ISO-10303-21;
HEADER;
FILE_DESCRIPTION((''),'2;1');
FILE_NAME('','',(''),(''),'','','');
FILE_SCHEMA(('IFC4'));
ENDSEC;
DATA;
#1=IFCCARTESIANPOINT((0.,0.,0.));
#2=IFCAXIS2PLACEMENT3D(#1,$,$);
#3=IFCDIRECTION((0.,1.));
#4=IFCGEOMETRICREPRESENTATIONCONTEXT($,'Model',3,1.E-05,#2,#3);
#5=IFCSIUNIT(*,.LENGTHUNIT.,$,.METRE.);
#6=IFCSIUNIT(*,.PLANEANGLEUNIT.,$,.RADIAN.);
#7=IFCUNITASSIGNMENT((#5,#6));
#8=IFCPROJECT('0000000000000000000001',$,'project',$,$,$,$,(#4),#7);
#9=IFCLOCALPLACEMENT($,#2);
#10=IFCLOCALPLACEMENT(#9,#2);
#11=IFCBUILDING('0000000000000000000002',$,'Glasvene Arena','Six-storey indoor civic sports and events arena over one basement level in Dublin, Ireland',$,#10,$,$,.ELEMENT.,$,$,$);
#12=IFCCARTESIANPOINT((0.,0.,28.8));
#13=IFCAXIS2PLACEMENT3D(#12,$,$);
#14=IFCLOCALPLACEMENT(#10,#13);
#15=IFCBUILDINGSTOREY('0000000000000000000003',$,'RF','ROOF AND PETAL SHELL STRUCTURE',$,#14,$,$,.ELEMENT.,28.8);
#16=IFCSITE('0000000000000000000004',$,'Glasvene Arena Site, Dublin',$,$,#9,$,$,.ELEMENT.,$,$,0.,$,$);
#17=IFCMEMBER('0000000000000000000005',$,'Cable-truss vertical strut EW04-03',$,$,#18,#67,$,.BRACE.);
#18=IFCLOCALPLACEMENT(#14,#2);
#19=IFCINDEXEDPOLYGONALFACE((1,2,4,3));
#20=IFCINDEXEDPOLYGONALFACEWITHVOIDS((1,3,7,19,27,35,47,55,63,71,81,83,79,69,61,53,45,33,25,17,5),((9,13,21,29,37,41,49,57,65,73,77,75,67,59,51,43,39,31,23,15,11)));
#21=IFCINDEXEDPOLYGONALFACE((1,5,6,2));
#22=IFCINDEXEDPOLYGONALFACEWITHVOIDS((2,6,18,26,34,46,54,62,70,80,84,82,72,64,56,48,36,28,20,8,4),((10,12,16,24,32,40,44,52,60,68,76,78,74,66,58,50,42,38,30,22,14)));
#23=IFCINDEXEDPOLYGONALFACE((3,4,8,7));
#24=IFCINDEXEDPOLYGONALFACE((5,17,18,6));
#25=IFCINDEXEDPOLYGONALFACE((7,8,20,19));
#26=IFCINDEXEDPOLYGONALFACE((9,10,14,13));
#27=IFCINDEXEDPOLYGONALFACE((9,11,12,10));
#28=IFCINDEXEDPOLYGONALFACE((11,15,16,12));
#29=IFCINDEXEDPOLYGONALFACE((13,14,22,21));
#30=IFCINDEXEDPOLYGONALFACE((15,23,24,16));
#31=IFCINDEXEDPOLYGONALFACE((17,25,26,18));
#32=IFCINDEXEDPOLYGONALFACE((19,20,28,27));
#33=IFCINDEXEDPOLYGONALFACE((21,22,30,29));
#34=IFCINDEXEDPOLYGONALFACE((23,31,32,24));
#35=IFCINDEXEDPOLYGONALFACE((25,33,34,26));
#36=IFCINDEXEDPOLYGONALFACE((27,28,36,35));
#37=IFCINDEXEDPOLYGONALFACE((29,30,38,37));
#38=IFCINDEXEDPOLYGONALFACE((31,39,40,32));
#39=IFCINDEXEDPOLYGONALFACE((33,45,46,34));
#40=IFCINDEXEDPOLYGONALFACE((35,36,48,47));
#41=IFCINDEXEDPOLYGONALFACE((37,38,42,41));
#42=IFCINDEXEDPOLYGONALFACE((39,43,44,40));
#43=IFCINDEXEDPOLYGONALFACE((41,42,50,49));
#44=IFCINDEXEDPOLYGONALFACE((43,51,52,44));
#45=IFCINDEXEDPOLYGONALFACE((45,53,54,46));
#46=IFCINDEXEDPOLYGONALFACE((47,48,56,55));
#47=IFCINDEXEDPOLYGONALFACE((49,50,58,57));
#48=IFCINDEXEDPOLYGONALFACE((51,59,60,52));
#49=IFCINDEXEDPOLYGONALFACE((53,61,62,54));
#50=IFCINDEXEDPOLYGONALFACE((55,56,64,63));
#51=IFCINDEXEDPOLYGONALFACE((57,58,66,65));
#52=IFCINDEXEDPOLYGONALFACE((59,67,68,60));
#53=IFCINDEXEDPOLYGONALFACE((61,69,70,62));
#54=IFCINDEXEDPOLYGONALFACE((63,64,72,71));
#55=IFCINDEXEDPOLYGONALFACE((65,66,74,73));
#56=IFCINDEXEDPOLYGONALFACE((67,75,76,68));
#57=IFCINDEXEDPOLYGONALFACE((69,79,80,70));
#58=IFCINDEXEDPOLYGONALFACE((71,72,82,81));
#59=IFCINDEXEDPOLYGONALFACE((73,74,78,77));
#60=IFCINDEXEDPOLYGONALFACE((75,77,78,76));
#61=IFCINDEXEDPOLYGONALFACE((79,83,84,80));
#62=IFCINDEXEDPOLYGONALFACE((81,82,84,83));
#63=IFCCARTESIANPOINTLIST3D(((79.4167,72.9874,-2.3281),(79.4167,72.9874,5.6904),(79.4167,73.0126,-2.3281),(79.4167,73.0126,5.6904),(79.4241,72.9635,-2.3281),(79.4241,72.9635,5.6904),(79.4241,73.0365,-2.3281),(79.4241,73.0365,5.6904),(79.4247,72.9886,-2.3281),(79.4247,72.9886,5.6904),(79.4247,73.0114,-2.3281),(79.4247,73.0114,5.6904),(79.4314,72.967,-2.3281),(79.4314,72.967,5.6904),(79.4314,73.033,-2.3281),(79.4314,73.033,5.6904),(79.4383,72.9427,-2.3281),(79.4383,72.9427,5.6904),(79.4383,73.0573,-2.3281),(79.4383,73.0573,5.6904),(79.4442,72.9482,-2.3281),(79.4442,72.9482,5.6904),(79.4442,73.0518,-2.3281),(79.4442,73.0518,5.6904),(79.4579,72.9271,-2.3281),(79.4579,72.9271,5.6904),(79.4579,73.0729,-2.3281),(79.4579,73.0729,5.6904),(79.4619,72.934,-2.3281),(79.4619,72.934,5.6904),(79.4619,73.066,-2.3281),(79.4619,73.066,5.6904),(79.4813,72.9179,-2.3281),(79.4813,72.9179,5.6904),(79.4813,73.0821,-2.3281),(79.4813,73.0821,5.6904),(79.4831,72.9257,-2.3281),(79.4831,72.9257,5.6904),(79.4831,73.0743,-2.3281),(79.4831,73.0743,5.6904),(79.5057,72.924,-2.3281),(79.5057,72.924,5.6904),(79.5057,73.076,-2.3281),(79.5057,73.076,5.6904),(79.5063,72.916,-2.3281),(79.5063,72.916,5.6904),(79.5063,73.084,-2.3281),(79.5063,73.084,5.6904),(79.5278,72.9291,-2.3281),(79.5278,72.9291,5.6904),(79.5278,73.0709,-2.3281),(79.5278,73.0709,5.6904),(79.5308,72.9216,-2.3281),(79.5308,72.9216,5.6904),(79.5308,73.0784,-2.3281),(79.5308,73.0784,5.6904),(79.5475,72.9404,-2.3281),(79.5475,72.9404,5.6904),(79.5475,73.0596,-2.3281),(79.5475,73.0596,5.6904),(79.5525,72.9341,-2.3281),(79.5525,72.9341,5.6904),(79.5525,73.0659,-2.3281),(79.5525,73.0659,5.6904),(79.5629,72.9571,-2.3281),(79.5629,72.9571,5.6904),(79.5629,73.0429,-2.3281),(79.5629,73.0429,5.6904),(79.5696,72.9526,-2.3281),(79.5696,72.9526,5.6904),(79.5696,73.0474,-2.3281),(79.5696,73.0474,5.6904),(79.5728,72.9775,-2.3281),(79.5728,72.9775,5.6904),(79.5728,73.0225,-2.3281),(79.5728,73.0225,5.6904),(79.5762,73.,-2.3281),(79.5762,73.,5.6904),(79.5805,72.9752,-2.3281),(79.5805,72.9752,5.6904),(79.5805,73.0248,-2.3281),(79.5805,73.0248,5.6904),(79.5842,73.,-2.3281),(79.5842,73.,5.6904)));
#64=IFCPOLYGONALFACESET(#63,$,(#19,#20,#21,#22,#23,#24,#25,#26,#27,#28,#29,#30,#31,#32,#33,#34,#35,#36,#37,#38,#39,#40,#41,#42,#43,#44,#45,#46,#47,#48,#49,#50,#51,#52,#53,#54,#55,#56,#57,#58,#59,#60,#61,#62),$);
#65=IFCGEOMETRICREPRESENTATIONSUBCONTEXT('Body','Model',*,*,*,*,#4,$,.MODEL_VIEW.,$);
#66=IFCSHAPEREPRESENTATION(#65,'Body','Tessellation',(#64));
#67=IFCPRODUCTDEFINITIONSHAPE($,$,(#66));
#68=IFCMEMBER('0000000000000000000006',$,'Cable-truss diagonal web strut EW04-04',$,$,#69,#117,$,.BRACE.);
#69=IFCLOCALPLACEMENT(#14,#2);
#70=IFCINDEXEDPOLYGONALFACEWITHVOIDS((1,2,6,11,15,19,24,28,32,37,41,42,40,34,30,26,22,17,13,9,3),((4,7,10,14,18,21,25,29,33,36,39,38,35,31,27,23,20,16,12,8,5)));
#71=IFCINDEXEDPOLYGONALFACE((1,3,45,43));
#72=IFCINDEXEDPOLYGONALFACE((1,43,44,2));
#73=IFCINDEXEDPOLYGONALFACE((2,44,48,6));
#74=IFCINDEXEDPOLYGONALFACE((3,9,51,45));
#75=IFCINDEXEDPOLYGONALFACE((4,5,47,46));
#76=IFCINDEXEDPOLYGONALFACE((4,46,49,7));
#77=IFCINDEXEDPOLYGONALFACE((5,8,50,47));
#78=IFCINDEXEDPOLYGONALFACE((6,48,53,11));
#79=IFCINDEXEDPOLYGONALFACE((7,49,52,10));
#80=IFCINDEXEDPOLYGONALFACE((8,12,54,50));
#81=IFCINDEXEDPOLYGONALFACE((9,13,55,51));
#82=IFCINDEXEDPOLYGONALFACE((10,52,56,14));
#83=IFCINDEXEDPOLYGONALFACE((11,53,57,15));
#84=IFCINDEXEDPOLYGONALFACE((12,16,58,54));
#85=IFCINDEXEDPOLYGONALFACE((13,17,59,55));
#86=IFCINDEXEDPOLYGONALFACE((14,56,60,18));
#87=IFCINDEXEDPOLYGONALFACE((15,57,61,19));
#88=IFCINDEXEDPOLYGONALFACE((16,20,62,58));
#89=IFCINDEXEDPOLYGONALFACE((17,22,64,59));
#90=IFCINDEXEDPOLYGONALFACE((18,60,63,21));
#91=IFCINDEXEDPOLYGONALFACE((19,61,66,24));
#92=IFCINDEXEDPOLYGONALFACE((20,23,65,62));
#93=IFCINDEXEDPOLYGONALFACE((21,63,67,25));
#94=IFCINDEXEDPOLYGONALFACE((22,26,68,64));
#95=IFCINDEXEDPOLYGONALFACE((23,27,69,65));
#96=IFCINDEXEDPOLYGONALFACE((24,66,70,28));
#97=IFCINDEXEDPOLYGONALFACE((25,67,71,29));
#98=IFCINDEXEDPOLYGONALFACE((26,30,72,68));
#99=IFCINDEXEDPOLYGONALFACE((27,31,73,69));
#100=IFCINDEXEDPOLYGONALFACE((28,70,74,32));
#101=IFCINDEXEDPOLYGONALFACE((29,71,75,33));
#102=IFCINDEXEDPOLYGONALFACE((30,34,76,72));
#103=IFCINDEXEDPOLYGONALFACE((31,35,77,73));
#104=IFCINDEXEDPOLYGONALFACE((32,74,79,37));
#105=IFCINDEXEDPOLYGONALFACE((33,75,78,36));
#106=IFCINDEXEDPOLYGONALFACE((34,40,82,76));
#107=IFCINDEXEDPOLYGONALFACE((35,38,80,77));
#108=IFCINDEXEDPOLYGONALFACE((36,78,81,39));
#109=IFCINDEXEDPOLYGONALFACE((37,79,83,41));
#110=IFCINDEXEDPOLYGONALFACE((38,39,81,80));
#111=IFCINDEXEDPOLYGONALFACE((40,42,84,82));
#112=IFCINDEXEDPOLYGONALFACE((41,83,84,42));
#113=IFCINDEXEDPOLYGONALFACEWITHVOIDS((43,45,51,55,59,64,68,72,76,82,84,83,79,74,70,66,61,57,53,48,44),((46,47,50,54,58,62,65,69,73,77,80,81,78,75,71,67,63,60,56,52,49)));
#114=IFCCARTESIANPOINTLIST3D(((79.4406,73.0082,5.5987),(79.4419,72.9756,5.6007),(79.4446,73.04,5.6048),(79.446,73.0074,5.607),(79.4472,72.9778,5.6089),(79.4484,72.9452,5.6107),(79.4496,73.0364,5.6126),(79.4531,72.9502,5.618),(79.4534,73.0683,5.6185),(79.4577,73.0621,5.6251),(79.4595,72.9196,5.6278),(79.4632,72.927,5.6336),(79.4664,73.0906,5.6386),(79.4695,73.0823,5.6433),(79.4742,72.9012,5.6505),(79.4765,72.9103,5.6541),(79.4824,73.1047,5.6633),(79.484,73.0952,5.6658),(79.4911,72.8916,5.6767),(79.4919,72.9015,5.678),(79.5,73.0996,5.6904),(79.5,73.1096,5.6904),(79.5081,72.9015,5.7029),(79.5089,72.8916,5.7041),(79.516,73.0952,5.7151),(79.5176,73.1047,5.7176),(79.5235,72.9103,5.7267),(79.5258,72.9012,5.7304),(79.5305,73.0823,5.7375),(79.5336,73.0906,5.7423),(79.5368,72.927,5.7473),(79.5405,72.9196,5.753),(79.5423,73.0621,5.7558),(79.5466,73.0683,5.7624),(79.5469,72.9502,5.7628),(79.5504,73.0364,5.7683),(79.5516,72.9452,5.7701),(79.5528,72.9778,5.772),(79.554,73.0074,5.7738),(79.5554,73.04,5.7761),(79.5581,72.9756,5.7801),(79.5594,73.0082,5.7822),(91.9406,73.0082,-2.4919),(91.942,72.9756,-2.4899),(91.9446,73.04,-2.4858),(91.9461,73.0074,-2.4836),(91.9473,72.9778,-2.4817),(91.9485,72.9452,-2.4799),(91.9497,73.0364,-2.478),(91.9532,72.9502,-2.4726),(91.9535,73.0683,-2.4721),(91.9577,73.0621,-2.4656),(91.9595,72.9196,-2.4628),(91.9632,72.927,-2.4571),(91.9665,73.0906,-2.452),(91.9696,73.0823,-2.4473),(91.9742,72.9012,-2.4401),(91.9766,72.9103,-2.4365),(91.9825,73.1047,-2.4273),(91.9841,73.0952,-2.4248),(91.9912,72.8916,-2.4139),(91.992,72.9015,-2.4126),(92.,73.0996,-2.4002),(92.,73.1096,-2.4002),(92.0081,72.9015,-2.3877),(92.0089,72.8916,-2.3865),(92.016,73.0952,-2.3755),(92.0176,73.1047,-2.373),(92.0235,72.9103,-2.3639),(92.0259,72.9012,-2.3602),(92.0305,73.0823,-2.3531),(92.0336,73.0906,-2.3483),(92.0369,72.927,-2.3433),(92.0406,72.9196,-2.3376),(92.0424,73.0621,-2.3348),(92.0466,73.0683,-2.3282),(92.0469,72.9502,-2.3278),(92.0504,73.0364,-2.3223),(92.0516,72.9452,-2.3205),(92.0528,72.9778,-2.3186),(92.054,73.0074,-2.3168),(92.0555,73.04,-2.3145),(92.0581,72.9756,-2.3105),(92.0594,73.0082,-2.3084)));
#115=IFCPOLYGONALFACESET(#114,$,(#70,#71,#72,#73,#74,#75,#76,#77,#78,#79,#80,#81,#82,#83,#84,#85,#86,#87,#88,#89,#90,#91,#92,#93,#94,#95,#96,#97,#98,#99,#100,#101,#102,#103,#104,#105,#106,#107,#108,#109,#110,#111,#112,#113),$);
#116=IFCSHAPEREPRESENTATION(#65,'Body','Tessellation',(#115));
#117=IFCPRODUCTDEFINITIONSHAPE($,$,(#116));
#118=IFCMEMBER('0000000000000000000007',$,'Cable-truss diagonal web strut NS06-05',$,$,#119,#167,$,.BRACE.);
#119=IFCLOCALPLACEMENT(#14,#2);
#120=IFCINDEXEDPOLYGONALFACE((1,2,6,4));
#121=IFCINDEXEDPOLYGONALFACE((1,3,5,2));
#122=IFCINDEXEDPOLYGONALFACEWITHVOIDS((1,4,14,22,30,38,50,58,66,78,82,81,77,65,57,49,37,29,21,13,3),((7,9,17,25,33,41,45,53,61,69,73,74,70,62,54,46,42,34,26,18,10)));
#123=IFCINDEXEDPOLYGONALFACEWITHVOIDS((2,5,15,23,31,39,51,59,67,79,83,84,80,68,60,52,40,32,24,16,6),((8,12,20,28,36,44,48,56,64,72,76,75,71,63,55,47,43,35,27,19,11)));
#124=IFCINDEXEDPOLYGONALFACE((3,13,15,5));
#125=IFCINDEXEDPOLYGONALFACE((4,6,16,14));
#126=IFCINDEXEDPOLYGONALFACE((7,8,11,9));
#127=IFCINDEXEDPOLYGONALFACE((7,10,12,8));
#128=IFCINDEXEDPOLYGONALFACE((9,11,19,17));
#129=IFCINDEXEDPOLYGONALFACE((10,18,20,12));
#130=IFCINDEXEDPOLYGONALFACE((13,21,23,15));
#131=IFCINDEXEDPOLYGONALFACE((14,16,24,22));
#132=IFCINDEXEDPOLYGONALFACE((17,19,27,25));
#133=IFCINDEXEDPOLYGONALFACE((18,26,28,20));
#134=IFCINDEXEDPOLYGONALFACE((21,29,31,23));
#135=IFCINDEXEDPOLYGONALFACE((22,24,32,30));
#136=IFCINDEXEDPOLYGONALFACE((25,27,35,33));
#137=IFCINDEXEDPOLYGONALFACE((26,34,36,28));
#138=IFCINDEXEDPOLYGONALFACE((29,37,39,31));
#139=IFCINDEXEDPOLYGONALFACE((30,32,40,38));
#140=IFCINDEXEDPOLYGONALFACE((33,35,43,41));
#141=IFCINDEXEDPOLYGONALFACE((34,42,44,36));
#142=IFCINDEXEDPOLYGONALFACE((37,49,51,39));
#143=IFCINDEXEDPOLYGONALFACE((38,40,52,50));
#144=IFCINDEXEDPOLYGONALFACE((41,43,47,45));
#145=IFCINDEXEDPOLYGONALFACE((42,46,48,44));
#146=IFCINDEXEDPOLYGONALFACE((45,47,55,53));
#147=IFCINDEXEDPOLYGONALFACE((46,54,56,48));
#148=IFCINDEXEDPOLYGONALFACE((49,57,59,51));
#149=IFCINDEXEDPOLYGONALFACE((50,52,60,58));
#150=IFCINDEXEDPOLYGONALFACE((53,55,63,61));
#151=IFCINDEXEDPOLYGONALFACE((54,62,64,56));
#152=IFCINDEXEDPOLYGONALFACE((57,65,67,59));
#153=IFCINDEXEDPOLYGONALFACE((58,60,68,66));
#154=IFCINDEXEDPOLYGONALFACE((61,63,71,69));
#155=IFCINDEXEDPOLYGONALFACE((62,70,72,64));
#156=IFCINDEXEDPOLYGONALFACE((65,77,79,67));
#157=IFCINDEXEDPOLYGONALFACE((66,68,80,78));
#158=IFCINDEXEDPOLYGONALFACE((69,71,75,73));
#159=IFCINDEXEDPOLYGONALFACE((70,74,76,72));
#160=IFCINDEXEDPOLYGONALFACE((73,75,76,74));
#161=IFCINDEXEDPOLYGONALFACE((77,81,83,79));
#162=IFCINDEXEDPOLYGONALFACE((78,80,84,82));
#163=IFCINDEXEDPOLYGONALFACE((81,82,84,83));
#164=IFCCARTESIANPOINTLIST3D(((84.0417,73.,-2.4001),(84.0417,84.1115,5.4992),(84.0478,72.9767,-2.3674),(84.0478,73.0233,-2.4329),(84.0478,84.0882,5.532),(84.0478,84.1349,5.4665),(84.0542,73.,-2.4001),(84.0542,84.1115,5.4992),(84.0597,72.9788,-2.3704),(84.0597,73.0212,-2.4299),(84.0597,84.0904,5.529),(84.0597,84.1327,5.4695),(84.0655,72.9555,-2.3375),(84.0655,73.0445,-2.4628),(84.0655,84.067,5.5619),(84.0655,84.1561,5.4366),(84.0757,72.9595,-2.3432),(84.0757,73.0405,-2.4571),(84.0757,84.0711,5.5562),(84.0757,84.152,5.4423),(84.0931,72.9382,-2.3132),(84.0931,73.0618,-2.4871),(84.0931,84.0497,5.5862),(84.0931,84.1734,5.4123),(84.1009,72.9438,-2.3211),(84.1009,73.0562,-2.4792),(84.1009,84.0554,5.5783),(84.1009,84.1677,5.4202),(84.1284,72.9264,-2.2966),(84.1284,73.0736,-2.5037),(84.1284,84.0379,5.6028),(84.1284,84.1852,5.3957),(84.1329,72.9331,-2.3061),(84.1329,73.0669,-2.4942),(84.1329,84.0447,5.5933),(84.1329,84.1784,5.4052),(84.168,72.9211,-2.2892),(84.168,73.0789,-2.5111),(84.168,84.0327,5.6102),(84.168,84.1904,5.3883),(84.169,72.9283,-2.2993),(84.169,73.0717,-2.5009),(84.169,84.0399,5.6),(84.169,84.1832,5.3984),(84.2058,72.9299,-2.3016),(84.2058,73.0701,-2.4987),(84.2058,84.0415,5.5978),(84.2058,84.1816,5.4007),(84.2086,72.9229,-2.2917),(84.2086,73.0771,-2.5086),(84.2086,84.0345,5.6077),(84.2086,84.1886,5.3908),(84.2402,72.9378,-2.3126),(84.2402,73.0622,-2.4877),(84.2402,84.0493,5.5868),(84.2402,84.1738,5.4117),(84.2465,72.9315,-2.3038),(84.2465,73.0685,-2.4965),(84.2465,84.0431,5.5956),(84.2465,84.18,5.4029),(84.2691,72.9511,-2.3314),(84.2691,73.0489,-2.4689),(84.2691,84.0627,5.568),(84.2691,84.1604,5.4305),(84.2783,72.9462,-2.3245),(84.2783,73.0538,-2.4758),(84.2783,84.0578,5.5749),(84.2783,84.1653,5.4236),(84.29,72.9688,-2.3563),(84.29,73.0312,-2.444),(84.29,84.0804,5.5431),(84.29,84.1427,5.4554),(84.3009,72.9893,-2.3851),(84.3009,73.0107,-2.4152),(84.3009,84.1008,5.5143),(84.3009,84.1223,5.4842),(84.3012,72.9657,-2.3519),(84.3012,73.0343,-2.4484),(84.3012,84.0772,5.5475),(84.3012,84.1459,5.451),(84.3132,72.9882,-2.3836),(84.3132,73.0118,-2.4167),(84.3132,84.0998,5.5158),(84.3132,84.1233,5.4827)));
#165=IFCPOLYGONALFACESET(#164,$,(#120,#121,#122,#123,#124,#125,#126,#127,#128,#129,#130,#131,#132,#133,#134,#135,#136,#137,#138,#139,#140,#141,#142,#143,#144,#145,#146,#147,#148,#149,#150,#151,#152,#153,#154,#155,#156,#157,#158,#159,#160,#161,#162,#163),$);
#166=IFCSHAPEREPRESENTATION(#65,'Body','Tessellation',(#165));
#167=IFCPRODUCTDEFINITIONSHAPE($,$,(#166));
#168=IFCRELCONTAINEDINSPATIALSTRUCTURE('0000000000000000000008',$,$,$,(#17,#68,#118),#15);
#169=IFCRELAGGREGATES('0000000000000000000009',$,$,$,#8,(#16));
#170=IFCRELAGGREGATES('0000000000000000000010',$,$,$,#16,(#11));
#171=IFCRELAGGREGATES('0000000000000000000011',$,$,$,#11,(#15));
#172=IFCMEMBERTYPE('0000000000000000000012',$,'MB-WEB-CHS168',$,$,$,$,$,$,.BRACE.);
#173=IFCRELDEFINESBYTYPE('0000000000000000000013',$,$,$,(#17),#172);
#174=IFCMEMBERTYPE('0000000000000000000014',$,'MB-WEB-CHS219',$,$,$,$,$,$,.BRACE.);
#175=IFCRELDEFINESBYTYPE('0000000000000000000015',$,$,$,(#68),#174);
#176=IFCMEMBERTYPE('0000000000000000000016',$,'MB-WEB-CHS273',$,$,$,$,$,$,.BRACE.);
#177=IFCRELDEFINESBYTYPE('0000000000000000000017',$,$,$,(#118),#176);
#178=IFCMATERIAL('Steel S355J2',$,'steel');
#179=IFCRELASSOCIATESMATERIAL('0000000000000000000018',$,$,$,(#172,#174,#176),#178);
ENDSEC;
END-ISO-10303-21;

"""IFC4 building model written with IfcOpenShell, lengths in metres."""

from ifc_helpers import new_model, si_unit, direction, frame, origin, origin_2d, place, context, subcontext, project, spatial, hollow_circle, extrude, material, material_profile, profile_set, type_object, element, save


model = new_model("IFC4")

# Units and contexts
model_context = context("Model", 3, precision=1e-05, world=origin(), true_north=direction((0.0, 1.0)))
body_context = subcontext(model_context, "Body", "Model", "MODEL_VIEW")
ifc_project = project(units=[si_unit("LENGTHUNIT", "METRE"), si_unit("PLANEANGLEUNIT", "RADIAN")], contexts=[model_context])

# Site, building, storey
site_placement = place(None, origin())
site = spatial("IfcSite", under=ifc_project, at=site_placement, Name="Glasvene Arena Site, Dublin", CompositionType="ELEMENT", RefElevation=0.0)
building_placement = place(site_placement, origin())
building = spatial("IfcBuilding", under=site, at=building_placement, Name="Glasvene Arena", Description="Six-storey indoor civic sports and events arena over one basement level in Dublin, Ireland", CompositionType="ELEMENT")
storey_placement = place(building_placement, frame((0.0, 0.0, 28.8)))
storey = spatial("IfcBuildingStorey", under=building, at=storey_placement, Name="RF", Description="ROOF AND PETAL SHELL STRUCTURE", CompositionType="ELEMENT", Elevation=28.8)

# Shared definitions
ifc_material_1 = material(Name="Steel S355J2", Category="steel")

# Members
ifc_material_profile_1 = material_profile(ifc_material_1, hollow_circle(Radius=0.0842, WallThickness=0.0081, at=origin_2d()), Name="CHS 168.3x8.0")
ifc_profile_set_1 = profile_set([ifc_material_profile_1], Name="Steel S355J2")
member_type_1 = type_object("IfcMemberType", Name="MB-WEB-CHS168", PredefinedType="BRACE", material=ifc_profile_set_1)
member_1_placement = place(storey_placement, frame((79.5, 73.0, -2.3281), z_axis=(0.0, 0.0, 1.0), x_axis=(1.0, 0.0, 0.0)))
element("IfcMember", 1, at=member_1_placement, inside=storey, type_object=member_type_1, Name="Cable-truss vertical strut EW04-03", PredefinedType="BRACE", context=body_context, shape_type="SweptSolid", body=[
    extrude(hollow_circle(Radius=0.0842, WallThickness=0.0081, at=origin_2d()), origin(), (0.0, 0.0, 1.0), 8.0186),
])
ifc_material_profile_2 = material_profile(ifc_material_1, hollow_circle(Radius=0.1096, WallThickness=0.01, at=origin_2d()), Name="CHS 219.1x10.0")
ifc_profile_set_2 = profile_set([ifc_material_profile_2], Name="Steel S355J2")
member_type_2 = type_object("IfcMemberType", Name="MB-WEB-CHS219", PredefinedType="BRACE", material=ifc_profile_set_2)
member_2_placement = place(storey_placement, frame((79.5, 73.0, 5.6904), z_axis=(0.839498, 0.0, -0.543362), x_axis=(0.0, 1.0, 0.0)))
element("IfcMember", 2, at=member_2_placement, inside=storey, type_object=member_type_2, Name="Cable-truss diagonal web strut EW04-04", PredefinedType="BRACE", context=body_context, shape_type="SweptSolid", body=[
    extrude(hollow_circle(Radius=0.1096, WallThickness=0.01, at=origin_2d()), origin(), (0.0, 0.0, 1.0), 14.8899),
])
ifc_material_profile_3 = material_profile(ifc_material_1, hollow_circle(Radius=0.1365, WallThickness=0.0125, at=origin_2d()), Name="CHS 273.0x12.5")
ifc_profile_set_3 = profile_set([ifc_material_profile_3], Name="Steel S355J2")
member_type_3 = type_object("IfcMemberType", Name="MB-WEB-CHS273", PredefinedType="BRACE", material=ifc_profile_set_3)
member_3_placement = place(storey_placement, frame((84.1782, 73.0, -2.4001), z_axis=(0.0, 0.81503, 0.579419), x_axis=(-1.0, 0.0, 0.0)))
element("IfcMember", 3, at=member_3_placement, inside=storey, type_object=member_type_3, Name="Cable-truss diagonal web strut NS06-05", PredefinedType="BRACE", context=body_context, shape_type="SweptSolid", body=[
    extrude(hollow_circle(Radius=0.1365, WallThickness=0.0125, at=origin_2d()), origin(), (0.0, 0.0, 1.0), 13.6333),
])

save(model, "model.ifc")
